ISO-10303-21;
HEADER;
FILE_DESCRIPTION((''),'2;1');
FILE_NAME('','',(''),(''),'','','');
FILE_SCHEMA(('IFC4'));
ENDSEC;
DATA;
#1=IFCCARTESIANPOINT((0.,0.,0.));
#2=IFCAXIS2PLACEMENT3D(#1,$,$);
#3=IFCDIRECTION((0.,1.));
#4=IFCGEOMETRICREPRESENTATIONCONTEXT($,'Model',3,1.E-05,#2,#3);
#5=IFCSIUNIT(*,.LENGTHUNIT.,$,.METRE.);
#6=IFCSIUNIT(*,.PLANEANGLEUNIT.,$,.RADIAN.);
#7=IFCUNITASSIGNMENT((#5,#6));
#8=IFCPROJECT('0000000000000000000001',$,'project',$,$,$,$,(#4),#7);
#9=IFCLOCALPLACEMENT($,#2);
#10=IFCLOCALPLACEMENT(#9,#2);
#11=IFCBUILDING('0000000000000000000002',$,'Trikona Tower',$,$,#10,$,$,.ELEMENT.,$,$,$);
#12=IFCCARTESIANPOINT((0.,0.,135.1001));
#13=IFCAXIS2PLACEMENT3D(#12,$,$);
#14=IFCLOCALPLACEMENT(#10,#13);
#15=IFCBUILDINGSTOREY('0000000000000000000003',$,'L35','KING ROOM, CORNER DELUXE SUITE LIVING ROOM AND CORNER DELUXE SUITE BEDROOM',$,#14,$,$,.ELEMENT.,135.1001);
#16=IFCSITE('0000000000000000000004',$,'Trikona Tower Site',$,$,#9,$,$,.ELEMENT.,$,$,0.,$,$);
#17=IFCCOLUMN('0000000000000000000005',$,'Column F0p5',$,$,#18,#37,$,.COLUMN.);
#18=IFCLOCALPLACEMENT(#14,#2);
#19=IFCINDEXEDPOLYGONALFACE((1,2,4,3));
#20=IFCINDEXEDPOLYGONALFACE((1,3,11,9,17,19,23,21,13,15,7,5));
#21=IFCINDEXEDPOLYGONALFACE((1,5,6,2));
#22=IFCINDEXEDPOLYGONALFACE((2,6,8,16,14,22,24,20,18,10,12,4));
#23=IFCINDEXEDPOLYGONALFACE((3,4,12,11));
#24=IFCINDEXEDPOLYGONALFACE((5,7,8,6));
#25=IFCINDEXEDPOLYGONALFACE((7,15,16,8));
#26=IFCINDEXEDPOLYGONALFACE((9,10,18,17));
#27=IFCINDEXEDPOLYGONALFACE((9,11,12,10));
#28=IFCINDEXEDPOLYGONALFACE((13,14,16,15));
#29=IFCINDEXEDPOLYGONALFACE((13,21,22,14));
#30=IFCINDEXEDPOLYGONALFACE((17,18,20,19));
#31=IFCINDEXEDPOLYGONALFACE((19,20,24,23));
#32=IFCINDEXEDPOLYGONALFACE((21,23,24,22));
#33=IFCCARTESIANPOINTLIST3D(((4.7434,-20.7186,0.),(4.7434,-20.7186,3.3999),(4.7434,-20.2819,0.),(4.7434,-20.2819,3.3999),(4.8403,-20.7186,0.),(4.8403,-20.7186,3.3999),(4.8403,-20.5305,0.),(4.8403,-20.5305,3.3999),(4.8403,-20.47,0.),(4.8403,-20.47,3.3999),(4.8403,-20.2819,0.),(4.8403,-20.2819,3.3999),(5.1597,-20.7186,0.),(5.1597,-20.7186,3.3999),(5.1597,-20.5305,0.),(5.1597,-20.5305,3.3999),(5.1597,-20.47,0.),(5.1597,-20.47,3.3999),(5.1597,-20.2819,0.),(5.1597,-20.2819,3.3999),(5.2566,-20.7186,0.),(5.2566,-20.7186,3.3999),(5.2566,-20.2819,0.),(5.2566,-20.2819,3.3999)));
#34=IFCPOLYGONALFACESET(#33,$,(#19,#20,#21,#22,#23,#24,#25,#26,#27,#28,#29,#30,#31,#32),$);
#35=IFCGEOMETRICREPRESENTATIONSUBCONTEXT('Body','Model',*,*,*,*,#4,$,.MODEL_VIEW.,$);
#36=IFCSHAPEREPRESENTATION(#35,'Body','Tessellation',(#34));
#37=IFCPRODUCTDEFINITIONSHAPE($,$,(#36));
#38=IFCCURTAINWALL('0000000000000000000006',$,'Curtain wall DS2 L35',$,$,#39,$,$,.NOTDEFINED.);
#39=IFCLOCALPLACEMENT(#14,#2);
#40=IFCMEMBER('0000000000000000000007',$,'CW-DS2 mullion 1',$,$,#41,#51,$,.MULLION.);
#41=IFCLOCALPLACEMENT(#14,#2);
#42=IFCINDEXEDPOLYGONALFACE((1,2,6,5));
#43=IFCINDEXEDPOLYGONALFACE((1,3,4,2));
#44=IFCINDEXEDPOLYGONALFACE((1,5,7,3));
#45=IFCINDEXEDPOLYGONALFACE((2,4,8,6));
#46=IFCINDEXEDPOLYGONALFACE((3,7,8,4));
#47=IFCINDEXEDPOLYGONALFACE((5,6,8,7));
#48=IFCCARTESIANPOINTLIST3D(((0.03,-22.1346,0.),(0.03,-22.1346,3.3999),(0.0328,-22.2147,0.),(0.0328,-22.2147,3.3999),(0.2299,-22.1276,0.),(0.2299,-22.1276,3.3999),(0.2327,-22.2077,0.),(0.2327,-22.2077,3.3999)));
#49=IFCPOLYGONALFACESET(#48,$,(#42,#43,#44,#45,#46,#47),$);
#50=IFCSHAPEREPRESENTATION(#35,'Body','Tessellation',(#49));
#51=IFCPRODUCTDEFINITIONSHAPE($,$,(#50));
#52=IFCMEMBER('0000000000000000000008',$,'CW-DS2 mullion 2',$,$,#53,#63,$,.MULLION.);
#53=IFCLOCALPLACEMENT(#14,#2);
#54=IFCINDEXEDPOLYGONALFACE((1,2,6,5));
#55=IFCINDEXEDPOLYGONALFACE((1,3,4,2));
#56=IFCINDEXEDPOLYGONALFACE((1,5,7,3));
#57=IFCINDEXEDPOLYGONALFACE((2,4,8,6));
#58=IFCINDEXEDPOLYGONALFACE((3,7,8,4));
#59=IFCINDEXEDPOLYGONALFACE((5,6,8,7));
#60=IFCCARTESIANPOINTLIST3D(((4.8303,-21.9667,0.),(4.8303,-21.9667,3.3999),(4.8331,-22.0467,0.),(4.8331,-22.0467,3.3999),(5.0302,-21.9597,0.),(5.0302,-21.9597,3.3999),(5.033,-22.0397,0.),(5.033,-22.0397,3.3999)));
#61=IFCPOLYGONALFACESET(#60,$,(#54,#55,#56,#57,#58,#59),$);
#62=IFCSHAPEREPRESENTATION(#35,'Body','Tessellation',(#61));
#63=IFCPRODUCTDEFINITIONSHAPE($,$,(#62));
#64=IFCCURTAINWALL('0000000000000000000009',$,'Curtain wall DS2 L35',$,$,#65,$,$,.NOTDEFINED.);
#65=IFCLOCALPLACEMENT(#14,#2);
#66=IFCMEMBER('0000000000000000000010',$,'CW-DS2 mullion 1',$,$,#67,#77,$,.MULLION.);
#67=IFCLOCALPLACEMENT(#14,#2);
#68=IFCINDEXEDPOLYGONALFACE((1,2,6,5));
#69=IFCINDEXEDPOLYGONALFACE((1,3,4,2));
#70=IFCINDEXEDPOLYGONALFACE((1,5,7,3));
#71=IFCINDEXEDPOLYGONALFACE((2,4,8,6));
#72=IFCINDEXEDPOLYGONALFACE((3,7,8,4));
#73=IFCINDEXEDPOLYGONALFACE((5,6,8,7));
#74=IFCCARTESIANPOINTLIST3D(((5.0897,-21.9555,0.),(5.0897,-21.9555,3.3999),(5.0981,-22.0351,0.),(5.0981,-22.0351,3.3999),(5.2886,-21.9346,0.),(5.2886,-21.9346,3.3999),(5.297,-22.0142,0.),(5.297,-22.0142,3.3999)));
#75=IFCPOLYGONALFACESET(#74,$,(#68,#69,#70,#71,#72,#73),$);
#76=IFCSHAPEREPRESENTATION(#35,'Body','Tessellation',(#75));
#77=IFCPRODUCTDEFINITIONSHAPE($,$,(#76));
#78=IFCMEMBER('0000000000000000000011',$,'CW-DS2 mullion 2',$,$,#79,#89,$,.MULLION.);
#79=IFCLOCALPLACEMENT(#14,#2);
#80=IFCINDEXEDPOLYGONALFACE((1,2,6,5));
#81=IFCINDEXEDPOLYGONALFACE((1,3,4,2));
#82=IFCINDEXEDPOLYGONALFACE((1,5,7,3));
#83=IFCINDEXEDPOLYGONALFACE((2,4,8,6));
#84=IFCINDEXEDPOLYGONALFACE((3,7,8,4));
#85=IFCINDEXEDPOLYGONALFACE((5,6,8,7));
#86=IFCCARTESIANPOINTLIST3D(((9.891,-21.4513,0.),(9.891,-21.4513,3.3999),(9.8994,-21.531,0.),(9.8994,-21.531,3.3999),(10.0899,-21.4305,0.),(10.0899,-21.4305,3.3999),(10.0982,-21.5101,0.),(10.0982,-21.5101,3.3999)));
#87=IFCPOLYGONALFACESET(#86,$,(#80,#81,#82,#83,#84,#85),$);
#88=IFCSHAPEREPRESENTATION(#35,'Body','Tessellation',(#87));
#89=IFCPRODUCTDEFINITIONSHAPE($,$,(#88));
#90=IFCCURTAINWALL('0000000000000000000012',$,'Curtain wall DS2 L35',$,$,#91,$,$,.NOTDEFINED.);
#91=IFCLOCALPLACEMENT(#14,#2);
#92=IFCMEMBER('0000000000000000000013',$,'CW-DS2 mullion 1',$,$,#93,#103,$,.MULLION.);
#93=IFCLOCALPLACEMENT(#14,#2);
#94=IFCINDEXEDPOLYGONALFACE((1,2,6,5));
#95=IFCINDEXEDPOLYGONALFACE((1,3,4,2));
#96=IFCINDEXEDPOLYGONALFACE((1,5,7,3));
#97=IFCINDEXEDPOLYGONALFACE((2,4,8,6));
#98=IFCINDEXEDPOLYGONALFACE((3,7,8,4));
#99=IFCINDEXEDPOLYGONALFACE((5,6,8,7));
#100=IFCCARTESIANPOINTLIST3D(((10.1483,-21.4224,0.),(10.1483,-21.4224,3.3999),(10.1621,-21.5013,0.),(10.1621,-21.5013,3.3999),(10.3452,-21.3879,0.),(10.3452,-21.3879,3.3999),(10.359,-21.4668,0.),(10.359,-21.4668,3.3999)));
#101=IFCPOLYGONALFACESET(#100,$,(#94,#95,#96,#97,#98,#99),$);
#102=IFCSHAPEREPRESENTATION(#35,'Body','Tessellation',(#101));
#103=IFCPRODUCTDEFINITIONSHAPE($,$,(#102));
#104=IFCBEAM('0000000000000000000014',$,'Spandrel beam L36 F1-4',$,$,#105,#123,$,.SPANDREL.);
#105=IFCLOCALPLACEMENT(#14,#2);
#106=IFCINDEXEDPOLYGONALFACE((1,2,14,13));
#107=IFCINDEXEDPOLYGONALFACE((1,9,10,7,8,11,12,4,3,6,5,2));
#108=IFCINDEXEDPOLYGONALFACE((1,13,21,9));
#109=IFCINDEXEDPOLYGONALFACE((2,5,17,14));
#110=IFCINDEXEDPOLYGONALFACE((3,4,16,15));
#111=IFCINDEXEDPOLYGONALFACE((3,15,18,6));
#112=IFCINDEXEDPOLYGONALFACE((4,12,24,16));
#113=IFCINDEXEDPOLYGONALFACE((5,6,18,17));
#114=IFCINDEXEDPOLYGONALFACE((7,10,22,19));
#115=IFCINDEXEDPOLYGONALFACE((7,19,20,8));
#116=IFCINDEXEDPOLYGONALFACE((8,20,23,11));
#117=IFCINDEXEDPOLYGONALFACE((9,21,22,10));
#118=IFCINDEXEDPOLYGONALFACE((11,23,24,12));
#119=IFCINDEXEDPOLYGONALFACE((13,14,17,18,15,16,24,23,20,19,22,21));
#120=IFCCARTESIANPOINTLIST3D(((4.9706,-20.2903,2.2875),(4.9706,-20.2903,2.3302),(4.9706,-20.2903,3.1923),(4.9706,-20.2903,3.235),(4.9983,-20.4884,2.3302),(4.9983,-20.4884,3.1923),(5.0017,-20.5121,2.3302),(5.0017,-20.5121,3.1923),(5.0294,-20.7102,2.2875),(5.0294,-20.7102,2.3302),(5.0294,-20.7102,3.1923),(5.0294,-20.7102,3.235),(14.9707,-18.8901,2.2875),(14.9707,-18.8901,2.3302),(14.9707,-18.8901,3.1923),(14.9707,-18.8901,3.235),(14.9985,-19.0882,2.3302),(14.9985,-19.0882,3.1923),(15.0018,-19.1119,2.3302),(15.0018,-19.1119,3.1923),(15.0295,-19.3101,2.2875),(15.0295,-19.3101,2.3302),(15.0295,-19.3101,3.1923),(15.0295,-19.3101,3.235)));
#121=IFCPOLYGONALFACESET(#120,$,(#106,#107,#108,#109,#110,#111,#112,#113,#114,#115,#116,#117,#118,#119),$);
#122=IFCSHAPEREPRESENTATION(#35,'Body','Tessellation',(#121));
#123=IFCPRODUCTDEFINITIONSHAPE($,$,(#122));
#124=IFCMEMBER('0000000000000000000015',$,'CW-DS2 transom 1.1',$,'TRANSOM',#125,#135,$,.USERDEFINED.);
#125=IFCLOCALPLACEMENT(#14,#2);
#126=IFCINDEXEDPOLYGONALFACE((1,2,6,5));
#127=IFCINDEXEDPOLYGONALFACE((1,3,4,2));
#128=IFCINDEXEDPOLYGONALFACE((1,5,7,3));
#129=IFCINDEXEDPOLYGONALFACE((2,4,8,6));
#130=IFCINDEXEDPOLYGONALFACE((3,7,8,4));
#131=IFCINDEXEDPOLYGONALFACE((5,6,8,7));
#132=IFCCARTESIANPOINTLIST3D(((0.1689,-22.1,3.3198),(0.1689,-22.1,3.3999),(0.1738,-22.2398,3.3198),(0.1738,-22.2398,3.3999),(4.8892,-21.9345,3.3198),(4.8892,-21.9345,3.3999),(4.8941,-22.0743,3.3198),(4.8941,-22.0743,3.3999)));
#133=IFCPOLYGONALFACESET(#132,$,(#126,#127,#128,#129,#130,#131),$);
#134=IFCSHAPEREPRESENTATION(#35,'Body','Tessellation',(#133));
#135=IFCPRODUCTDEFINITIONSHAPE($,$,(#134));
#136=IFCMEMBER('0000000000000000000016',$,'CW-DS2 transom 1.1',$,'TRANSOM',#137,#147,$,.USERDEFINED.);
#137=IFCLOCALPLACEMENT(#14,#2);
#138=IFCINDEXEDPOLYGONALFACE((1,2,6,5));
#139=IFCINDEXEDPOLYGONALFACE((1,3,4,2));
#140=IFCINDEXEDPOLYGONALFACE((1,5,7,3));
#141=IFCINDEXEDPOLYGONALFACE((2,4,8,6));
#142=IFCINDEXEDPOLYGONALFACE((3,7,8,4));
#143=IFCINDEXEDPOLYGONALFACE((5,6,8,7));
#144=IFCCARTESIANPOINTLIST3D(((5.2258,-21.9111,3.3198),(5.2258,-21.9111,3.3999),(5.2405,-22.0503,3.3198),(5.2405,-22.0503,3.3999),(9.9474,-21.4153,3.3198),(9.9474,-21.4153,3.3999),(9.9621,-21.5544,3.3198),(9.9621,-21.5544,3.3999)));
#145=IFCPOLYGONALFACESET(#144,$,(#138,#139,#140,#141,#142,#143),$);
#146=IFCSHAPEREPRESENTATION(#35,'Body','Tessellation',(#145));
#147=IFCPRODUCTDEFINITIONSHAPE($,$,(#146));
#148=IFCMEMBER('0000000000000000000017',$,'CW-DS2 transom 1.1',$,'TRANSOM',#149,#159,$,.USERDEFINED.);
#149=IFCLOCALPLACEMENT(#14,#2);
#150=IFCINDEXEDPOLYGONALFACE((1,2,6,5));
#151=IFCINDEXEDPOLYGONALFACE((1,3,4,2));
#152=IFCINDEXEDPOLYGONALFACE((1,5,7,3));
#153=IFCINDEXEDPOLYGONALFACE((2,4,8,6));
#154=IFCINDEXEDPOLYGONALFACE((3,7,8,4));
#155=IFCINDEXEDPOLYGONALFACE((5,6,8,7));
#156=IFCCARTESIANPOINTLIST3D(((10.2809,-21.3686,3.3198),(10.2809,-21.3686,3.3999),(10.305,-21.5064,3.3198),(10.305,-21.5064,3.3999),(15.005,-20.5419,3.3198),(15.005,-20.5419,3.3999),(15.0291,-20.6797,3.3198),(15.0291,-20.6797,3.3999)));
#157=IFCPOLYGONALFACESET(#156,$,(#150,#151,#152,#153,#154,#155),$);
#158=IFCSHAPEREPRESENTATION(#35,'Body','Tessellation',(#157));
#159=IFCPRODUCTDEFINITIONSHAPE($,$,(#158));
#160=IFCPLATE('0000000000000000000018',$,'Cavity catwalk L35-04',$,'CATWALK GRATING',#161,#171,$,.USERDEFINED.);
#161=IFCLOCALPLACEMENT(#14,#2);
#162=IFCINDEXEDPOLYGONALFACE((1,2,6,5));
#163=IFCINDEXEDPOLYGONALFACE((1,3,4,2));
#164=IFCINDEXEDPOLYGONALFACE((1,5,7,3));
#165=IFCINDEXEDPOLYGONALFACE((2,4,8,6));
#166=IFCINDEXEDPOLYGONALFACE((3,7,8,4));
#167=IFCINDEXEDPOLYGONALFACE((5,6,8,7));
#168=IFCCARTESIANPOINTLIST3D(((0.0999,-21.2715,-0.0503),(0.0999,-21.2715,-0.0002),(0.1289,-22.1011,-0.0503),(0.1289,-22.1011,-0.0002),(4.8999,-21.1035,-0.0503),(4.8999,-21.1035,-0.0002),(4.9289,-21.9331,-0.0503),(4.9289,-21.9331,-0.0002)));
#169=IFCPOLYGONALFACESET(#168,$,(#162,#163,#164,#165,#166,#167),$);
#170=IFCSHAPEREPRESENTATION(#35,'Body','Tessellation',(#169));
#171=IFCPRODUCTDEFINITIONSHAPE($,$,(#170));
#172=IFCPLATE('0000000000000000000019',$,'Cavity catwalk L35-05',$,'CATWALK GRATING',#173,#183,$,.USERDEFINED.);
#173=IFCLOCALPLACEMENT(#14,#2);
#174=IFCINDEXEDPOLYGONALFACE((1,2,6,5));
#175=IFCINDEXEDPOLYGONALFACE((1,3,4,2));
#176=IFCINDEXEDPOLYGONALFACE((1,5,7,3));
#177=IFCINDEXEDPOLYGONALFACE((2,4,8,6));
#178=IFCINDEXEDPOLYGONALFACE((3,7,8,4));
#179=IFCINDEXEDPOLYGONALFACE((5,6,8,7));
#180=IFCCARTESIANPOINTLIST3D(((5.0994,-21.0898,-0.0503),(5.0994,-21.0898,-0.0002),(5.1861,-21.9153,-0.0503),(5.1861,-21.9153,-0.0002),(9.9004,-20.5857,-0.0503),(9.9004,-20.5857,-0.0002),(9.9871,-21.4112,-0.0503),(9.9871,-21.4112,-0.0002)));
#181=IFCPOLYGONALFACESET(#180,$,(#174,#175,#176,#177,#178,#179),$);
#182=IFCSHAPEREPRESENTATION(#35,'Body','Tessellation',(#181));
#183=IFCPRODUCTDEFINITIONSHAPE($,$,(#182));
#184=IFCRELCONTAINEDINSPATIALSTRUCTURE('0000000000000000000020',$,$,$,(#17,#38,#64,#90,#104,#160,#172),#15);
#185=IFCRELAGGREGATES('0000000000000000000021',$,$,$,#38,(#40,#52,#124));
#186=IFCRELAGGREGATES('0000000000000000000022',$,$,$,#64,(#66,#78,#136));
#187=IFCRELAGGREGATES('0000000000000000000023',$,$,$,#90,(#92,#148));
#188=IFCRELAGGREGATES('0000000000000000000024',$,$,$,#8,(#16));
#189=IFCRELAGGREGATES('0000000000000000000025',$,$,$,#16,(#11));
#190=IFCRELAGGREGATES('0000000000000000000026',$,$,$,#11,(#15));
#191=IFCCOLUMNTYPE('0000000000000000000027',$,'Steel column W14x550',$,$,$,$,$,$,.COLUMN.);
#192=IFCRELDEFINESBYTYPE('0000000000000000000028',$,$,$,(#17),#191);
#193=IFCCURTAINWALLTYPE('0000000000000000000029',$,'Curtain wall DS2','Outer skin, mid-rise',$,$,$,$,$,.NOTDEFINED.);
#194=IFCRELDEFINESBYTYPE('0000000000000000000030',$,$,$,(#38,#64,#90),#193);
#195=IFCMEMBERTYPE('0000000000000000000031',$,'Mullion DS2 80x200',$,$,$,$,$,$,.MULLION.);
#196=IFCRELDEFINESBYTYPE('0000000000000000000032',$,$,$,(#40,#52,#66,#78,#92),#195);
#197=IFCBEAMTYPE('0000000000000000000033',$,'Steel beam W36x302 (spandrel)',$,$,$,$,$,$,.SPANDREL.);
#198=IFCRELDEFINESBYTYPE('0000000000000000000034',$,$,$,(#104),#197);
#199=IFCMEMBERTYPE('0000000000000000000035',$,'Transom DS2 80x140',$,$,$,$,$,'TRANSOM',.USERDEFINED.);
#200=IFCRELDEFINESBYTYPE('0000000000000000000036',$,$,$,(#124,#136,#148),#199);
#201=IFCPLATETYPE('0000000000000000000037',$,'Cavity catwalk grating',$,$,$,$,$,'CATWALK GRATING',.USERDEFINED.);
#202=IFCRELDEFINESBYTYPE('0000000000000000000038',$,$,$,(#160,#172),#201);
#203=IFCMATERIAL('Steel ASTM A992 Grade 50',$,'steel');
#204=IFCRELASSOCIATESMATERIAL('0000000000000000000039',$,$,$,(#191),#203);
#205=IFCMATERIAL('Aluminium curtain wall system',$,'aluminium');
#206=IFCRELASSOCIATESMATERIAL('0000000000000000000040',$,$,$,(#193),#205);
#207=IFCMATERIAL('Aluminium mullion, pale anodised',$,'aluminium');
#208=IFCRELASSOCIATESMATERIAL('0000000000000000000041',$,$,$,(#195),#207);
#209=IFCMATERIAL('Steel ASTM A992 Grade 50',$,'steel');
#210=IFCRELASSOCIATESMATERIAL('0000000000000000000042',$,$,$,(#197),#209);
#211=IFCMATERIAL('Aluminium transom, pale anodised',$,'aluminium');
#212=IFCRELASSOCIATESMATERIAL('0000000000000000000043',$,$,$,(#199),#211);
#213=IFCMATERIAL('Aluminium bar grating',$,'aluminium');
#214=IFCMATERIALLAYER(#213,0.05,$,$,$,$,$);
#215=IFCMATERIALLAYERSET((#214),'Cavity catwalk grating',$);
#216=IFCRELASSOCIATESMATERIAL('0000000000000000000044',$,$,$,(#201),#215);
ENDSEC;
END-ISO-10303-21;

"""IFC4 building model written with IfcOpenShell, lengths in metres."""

from ifc_helpers import new_model, si_unit, direction, frame, origin, origin_2d, place, context, subcontext, project, spatial, rectangle, i_section, extrude, material, layer, layer_set, material_profile, profile_set, type_object, element, aggregate, save


model = new_model("IFC4")

# Units and contexts
model_context = context("Model", 3, precision=1e-05, world=origin(), true_north=direction((0.0, 1.0)))
body_context = subcontext(model_context, "Body", "Model", "MODEL_VIEW")
ifc_project = project(units=[si_unit("LENGTHUNIT", "METRE"), si_unit("PLANEANGLEUNIT", "RADIAN")], contexts=[model_context])

# Site, building, storey
site_placement = place(None, origin())
site = spatial("IfcSite", under=ifc_project, at=site_placement, Name="Trikona Tower Site", CompositionType="ELEMENT", RefElevation=0.0)
building_placement = place(site_placement, origin())
building = spatial("IfcBuilding", under=site, at=building_placement, Name="Trikona Tower", CompositionType="ELEMENT")
storey_placement = place(building_placement, frame((0.0, 0.0, 135.1001)))
storey = spatial("IfcBuildingStorey", under=building, at=storey_placement, Name="L35", Description="KING ROOM, CORNER DELUXE SUITE LIVING ROOM AND CORNER DELUXE SUITE BEDROOM", CompositionType="ELEMENT", Elevation=135.1001)

# Column
ifc_material_1 = material(Name="Steel ASTM A992 Grade 50", Category="steel")
ifc_material_profile_1 = material_profile(ifc_material_1, i_section(OverallWidth=0.4368, OverallDepth=0.5132, WebThickness=0.0605, FlangeThickness=0.0969, at=origin_2d()), Name="W14X550")
ifc_profile_set_1 = profile_set([ifc_material_profile_1], Name="Steel ASTM A992 Grade 50")
column_type = type_object("IfcColumnType", Name="Steel column W14x550", PredefinedType="COLUMN", material=ifc_profile_set_1)
column_placement = place(storey_placement, frame((5.0, -20.5002, 0.0), z_axis=(0.0, 0.0, 1.0), x_axis=(0.0, -1.0, 0.0)))
element("IfcColumn", 1, at=column_placement, inside=storey, type_object=column_type, Name="Column F0p5", PredefinedType="COLUMN", context=body_context, shape_type="SweptSolid", body=[
    extrude(i_section(OverallWidth=0.4368, OverallDepth=0.5132, WebThickness=0.0605, FlangeThickness=0.0969, at=origin_2d()), origin(), (0.0, 0.0, 1.0), 3.3999),
])

# Curtain walls, members
ifc_material_2 = material(Name="Aluminium curtain wall system", Category="aluminium")
curtain_wall_type = type_object("IfcCurtainWallType", Name="Curtain wall DS2", Description="Outer skin, mid-rise", PredefinedType="NOTDEFINED", material=ifc_material_2)
curtain_wall_1_placement = place(storey_placement, origin())
curtain_wall_1 = element("IfcCurtainWall", 2, at=curtain_wall_1_placement, inside=storey, type_object=curtain_wall_type, Name="Curtain wall DS2 L35", PredefinedType="NOTDEFINED")
ifc_material_3 = material(Name="Aluminium mullion, pale anodised", Category="aluminium")
ifc_material_profile_2 = material_profile(ifc_material_3, rectangle(XDim=0.0801, YDim=0.2, at=origin_2d()), Name="MUL-DS2")
ifc_profile_set_2 = profile_set([ifc_material_profile_2], Name="Aluminium mullion, pale anodised")
member_type_1 = type_object("IfcMemberType", Name="Mullion DS2 80x200", PredefinedType="MULLION", material=ifc_profile_set_2)
member_1_placement = place(storey_placement, frame((0.1313, -22.1711, 0.0), z_axis=(0.0, 0.0, 1.0), x_axis=(-0.034998, 0.999387, 0.0)))
member_1 = element("IfcMember", 3, at=member_1_placement, type_object=member_type_1, Name="CW-DS2 mullion 1", PredefinedType="MULLION", context=body_context, shape_type="SweptSolid", body=[
    extrude(rectangle(XDim=0.0801, YDim=0.2, at=origin_2d()), origin(), (0.0, 0.0, 1.0), 3.3999),
])
member_2_placement = place(storey_placement, frame((4.9316, -22.0032, 0.0), z_axis=(0.0, 0.0, 1.0), x_axis=(-0.034998, 0.999387, 0.0)))
member_2 = element("IfcMember", 4, at=member_2_placement, type_object=member_type_1, Name="CW-DS2 mullion 2", PredefinedType="MULLION", context=body_context, shape_type="SweptSolid", body=[
    extrude(rectangle(XDim=0.0801, YDim=0.2, at=origin_2d()), origin(), (0.0, 0.0, 1.0), 3.3999),
])
curtain_wall_2_placement = place(storey_placement, origin())
curtain_wall_2 = element("IfcCurtainWall", 5, at=curtain_wall_2_placement, inside=storey, type_object=curtain_wall_type, Name="Curtain wall DS2 L35", PredefinedType="NOTDEFINED")
member_3_placement = place(storey_placement, frame((5.1934, -21.9849, 0.0), z_axis=(0.0, 0.0, 1.0), x_axis=(-0.104433, 0.994532, 0.0)))
member_3 = element("IfcMember", 6, at=member_3_placement, type_object=member_type_1, Name="CW-DS2 mullion 1", PredefinedType="MULLION", context=body_context, shape_type="SweptSolid", body=[
    extrude(rectangle(XDim=0.0801, YDim=0.2, at=origin_2d()), origin(), (0.0, 0.0, 1.0), 3.3999),
])
member_4_placement = place(storey_placement, frame((9.9946, -21.4807, 0.0), z_axis=(0.0, 0.0, 1.0), x_axis=(-0.104433, 0.994532, 0.0)))
member_4 = element("IfcMember", 7, at=member_4_placement, type_object=member_type_1, Name="CW-DS2 mullion 2", PredefinedType="MULLION", context=body_context, shape_type="SweptSolid", body=[
    extrude(rectangle(XDim=0.0801, YDim=0.2, at=origin_2d()), origin(), (0.0, 0.0, 1.0), 3.3999),
])

# Curtain wall, member
curtain_wall_3_placement = place(storey_placement, origin())
curtain_wall_3 = element("IfcCurtainWall", 8, at=curtain_wall_3_placement, inside=storey, type_object=curtain_wall_type, Name="Curtain wall DS2 L35", PredefinedType="NOTDEFINED")
member_5_placement = place(storey_placement, frame((10.2537, -21.4446, 0.0), z_axis=(0.0, 0.0, 1.0), x_axis=(-0.172377, 0.985031, 0.0)))
member_5 = element("IfcMember", 9, at=member_5_placement, type_object=member_type_1, Name="CW-DS2 mullion 1", PredefinedType="MULLION", context=body_context, shape_type="SweptSolid", body=[
    extrude(rectangle(XDim=0.0801, YDim=0.2, at=origin_2d()), origin(), (0.0, 0.0, 1.0), 3.3999),
])

# Beam
ifc_material_4 = material(Name="Steel ASTM A992 Grade 50", Category="steel")
ifc_material_profile_3 = material_profile(ifc_material_4, i_section(OverallWidth=0.4241, OverallDepth=0.9475, WebThickness=0.0239, FlangeThickness=0.0427, at=origin_2d()), Name="W36X302")
ifc_profile_set_3 = profile_set([ifc_material_profile_3], Name="Steel ASTM A992 Grade 50")
beam_type = type_object("IfcBeamType", Name="Steel beam W36x302 (spandrel)", PredefinedType="SPANDREL", material=ifc_profile_set_3)
beam_placement = place(storey_placement, frame((5.0, -20.5002, 2.7612), z_axis=(0.99034, 0.138662, 0.0), x_axis=(-0.138662, 0.99034, 0.0)))
element("IfcBeam", 10, at=beam_placement, inside=storey, type_object=beam_type, Name="Spandrel beam L36 F1-4", PredefinedType="SPANDREL", context=body_context, shape_type="SweptSolid", body=[
    extrude(i_section(OverallWidth=0.4241, OverallDepth=0.9475, WebThickness=0.0239, FlangeThickness=0.0427, at=origin_2d()), origin(), (0.0, 0.0, 1.0), 10.0977),
])

# Members
ifc_material_5 = material(Name="Aluminium transom, pale anodised", Category="aluminium")
ifc_material_profile_4 = material_profile(ifc_material_5, rectangle(XDim=0.1399, YDim=0.0801, at=origin_2d()), Name="TRN-DS2")
ifc_profile_set_4 = profile_set([ifc_material_profile_4], Name="Aluminium transom, pale anodised")
member_type_2 = type_object("IfcMemberType", Name="Transom DS2 80x140", ElementType="TRANSOM", PredefinedType="USERDEFINED", material=ifc_profile_set_4)
member_6_placement = place(storey_placement, frame((0.1714, -22.1699, 3.3599), z_axis=(0.999386, 0.035046, 0.0), x_axis=(-0.035046, 0.999386, 0.0)))
member_6 = element("IfcMember", 11, at=member_6_placement, type_object=member_type_2, Name="CW-DS2 transom 1.1", ObjectType="TRANSOM", PredefinedType="USERDEFINED", context=body_context, shape_type="SweptSolid", body=[
    extrude(rectangle(XDim=0.1399, YDim=0.0801, at=origin_2d()), origin(), (0.0, 0.0, 1.0), 4.7231),
])
member_7_placement = place(storey_placement, frame((5.2332, -21.9807, 3.3599), z_axis=(0.994531, 0.104441, 0.0), x_axis=(-0.104441, 0.994531, 0.0)))
member_7 = element("IfcMember", 12, at=member_7_placement, type_object=member_type_2, Name="CW-DS2 transom 1.1", ObjectType="TRANSOM", PredefinedType="USERDEFINED", context=body_context, shape_type="SweptSolid", body=[
    extrude(rectangle(XDim=0.1399, YDim=0.0801, at=origin_2d()), origin(), (0.0, 0.0, 1.0), 4.7476),
])
member_8_placement = place(storey_placement, frame((10.293, -21.4375, 3.3599), z_axis=(0.985033, 0.172368, 0.0), x_axis=(-0.172368, 0.985033, 0.0)))
member_8 = element("IfcMember", 13, at=member_8_placement, type_object=member_type_2, Name="CW-DS2 transom 1.1", ObjectType="TRANSOM", PredefinedType="USERDEFINED", context=body_context, shape_type="SweptSolid", body=[
    extrude(rectangle(XDim=0.1399, YDim=0.0801, at=origin_2d()), origin(), (0.0, 0.0, 1.0), 4.7959),
])

# Plates
ifc_material_6 = material(Name="Aluminium bar grating", Category="aluminium")
ifc_layer_1 = layer(ifc_material_6, 0.05)
ifc_layer_set_1 = layer_set([ifc_layer_1], Name="Cavity catwalk grating")
plate_type_1 = type_object("IfcPlateType", Name="Cavity catwalk grating", ElementType="CATWALK GRATING", PredefinedType="USERDEFINED", material=ifc_layer_set_1)
plate_1_placement = place(storey_placement, frame((2.5144, -21.6023, -0.0503), z_axis=(0.0, 0.0, 1.0), x_axis=(0.999388, 0.034978, 0.0)))
element("IfcPlate", 14, at=plate_1_placement, inside=storey, type_object=plate_type_1, Name="Cavity catwalk L35-04", ObjectType="CATWALK GRATING", PredefinedType="USERDEFINED", context=body_context, shape_type="SweptSolid", body=[
    extrude(rectangle(XDim=4.803, YDim=0.8301, at=origin_2d()), origin(), (0.0, 0.0, 1.0), 0.05),
])
plate_2_placement = place(storey_placement, frame((7.5432, -21.2505, -0.0503), z_axis=(0.0, 0.0, 1.0), x_axis=(0.994533, 0.104426, 0.0)))
element("IfcPlate", 15, at=plate_2_placement, inside=storey, type_object=plate_type_1, Name="Cavity catwalk L35-05", ObjectType="CATWALK GRATING", PredefinedType="USERDEFINED", context=body_context, shape_type="SweptSolid", body=[
    extrude(rectangle(XDim=4.8274, YDim=0.8301, at=origin_2d()), origin(), (0.0, 0.0, 1.0), 0.05),
])

aggregate(curtain_wall_1, [member_1, member_2, member_6])
aggregate(curtain_wall_2, [member_3, member_4, member_7])
aggregate(curtain_wall_3, [member_5, member_8])

save(model, "model.ifc")
